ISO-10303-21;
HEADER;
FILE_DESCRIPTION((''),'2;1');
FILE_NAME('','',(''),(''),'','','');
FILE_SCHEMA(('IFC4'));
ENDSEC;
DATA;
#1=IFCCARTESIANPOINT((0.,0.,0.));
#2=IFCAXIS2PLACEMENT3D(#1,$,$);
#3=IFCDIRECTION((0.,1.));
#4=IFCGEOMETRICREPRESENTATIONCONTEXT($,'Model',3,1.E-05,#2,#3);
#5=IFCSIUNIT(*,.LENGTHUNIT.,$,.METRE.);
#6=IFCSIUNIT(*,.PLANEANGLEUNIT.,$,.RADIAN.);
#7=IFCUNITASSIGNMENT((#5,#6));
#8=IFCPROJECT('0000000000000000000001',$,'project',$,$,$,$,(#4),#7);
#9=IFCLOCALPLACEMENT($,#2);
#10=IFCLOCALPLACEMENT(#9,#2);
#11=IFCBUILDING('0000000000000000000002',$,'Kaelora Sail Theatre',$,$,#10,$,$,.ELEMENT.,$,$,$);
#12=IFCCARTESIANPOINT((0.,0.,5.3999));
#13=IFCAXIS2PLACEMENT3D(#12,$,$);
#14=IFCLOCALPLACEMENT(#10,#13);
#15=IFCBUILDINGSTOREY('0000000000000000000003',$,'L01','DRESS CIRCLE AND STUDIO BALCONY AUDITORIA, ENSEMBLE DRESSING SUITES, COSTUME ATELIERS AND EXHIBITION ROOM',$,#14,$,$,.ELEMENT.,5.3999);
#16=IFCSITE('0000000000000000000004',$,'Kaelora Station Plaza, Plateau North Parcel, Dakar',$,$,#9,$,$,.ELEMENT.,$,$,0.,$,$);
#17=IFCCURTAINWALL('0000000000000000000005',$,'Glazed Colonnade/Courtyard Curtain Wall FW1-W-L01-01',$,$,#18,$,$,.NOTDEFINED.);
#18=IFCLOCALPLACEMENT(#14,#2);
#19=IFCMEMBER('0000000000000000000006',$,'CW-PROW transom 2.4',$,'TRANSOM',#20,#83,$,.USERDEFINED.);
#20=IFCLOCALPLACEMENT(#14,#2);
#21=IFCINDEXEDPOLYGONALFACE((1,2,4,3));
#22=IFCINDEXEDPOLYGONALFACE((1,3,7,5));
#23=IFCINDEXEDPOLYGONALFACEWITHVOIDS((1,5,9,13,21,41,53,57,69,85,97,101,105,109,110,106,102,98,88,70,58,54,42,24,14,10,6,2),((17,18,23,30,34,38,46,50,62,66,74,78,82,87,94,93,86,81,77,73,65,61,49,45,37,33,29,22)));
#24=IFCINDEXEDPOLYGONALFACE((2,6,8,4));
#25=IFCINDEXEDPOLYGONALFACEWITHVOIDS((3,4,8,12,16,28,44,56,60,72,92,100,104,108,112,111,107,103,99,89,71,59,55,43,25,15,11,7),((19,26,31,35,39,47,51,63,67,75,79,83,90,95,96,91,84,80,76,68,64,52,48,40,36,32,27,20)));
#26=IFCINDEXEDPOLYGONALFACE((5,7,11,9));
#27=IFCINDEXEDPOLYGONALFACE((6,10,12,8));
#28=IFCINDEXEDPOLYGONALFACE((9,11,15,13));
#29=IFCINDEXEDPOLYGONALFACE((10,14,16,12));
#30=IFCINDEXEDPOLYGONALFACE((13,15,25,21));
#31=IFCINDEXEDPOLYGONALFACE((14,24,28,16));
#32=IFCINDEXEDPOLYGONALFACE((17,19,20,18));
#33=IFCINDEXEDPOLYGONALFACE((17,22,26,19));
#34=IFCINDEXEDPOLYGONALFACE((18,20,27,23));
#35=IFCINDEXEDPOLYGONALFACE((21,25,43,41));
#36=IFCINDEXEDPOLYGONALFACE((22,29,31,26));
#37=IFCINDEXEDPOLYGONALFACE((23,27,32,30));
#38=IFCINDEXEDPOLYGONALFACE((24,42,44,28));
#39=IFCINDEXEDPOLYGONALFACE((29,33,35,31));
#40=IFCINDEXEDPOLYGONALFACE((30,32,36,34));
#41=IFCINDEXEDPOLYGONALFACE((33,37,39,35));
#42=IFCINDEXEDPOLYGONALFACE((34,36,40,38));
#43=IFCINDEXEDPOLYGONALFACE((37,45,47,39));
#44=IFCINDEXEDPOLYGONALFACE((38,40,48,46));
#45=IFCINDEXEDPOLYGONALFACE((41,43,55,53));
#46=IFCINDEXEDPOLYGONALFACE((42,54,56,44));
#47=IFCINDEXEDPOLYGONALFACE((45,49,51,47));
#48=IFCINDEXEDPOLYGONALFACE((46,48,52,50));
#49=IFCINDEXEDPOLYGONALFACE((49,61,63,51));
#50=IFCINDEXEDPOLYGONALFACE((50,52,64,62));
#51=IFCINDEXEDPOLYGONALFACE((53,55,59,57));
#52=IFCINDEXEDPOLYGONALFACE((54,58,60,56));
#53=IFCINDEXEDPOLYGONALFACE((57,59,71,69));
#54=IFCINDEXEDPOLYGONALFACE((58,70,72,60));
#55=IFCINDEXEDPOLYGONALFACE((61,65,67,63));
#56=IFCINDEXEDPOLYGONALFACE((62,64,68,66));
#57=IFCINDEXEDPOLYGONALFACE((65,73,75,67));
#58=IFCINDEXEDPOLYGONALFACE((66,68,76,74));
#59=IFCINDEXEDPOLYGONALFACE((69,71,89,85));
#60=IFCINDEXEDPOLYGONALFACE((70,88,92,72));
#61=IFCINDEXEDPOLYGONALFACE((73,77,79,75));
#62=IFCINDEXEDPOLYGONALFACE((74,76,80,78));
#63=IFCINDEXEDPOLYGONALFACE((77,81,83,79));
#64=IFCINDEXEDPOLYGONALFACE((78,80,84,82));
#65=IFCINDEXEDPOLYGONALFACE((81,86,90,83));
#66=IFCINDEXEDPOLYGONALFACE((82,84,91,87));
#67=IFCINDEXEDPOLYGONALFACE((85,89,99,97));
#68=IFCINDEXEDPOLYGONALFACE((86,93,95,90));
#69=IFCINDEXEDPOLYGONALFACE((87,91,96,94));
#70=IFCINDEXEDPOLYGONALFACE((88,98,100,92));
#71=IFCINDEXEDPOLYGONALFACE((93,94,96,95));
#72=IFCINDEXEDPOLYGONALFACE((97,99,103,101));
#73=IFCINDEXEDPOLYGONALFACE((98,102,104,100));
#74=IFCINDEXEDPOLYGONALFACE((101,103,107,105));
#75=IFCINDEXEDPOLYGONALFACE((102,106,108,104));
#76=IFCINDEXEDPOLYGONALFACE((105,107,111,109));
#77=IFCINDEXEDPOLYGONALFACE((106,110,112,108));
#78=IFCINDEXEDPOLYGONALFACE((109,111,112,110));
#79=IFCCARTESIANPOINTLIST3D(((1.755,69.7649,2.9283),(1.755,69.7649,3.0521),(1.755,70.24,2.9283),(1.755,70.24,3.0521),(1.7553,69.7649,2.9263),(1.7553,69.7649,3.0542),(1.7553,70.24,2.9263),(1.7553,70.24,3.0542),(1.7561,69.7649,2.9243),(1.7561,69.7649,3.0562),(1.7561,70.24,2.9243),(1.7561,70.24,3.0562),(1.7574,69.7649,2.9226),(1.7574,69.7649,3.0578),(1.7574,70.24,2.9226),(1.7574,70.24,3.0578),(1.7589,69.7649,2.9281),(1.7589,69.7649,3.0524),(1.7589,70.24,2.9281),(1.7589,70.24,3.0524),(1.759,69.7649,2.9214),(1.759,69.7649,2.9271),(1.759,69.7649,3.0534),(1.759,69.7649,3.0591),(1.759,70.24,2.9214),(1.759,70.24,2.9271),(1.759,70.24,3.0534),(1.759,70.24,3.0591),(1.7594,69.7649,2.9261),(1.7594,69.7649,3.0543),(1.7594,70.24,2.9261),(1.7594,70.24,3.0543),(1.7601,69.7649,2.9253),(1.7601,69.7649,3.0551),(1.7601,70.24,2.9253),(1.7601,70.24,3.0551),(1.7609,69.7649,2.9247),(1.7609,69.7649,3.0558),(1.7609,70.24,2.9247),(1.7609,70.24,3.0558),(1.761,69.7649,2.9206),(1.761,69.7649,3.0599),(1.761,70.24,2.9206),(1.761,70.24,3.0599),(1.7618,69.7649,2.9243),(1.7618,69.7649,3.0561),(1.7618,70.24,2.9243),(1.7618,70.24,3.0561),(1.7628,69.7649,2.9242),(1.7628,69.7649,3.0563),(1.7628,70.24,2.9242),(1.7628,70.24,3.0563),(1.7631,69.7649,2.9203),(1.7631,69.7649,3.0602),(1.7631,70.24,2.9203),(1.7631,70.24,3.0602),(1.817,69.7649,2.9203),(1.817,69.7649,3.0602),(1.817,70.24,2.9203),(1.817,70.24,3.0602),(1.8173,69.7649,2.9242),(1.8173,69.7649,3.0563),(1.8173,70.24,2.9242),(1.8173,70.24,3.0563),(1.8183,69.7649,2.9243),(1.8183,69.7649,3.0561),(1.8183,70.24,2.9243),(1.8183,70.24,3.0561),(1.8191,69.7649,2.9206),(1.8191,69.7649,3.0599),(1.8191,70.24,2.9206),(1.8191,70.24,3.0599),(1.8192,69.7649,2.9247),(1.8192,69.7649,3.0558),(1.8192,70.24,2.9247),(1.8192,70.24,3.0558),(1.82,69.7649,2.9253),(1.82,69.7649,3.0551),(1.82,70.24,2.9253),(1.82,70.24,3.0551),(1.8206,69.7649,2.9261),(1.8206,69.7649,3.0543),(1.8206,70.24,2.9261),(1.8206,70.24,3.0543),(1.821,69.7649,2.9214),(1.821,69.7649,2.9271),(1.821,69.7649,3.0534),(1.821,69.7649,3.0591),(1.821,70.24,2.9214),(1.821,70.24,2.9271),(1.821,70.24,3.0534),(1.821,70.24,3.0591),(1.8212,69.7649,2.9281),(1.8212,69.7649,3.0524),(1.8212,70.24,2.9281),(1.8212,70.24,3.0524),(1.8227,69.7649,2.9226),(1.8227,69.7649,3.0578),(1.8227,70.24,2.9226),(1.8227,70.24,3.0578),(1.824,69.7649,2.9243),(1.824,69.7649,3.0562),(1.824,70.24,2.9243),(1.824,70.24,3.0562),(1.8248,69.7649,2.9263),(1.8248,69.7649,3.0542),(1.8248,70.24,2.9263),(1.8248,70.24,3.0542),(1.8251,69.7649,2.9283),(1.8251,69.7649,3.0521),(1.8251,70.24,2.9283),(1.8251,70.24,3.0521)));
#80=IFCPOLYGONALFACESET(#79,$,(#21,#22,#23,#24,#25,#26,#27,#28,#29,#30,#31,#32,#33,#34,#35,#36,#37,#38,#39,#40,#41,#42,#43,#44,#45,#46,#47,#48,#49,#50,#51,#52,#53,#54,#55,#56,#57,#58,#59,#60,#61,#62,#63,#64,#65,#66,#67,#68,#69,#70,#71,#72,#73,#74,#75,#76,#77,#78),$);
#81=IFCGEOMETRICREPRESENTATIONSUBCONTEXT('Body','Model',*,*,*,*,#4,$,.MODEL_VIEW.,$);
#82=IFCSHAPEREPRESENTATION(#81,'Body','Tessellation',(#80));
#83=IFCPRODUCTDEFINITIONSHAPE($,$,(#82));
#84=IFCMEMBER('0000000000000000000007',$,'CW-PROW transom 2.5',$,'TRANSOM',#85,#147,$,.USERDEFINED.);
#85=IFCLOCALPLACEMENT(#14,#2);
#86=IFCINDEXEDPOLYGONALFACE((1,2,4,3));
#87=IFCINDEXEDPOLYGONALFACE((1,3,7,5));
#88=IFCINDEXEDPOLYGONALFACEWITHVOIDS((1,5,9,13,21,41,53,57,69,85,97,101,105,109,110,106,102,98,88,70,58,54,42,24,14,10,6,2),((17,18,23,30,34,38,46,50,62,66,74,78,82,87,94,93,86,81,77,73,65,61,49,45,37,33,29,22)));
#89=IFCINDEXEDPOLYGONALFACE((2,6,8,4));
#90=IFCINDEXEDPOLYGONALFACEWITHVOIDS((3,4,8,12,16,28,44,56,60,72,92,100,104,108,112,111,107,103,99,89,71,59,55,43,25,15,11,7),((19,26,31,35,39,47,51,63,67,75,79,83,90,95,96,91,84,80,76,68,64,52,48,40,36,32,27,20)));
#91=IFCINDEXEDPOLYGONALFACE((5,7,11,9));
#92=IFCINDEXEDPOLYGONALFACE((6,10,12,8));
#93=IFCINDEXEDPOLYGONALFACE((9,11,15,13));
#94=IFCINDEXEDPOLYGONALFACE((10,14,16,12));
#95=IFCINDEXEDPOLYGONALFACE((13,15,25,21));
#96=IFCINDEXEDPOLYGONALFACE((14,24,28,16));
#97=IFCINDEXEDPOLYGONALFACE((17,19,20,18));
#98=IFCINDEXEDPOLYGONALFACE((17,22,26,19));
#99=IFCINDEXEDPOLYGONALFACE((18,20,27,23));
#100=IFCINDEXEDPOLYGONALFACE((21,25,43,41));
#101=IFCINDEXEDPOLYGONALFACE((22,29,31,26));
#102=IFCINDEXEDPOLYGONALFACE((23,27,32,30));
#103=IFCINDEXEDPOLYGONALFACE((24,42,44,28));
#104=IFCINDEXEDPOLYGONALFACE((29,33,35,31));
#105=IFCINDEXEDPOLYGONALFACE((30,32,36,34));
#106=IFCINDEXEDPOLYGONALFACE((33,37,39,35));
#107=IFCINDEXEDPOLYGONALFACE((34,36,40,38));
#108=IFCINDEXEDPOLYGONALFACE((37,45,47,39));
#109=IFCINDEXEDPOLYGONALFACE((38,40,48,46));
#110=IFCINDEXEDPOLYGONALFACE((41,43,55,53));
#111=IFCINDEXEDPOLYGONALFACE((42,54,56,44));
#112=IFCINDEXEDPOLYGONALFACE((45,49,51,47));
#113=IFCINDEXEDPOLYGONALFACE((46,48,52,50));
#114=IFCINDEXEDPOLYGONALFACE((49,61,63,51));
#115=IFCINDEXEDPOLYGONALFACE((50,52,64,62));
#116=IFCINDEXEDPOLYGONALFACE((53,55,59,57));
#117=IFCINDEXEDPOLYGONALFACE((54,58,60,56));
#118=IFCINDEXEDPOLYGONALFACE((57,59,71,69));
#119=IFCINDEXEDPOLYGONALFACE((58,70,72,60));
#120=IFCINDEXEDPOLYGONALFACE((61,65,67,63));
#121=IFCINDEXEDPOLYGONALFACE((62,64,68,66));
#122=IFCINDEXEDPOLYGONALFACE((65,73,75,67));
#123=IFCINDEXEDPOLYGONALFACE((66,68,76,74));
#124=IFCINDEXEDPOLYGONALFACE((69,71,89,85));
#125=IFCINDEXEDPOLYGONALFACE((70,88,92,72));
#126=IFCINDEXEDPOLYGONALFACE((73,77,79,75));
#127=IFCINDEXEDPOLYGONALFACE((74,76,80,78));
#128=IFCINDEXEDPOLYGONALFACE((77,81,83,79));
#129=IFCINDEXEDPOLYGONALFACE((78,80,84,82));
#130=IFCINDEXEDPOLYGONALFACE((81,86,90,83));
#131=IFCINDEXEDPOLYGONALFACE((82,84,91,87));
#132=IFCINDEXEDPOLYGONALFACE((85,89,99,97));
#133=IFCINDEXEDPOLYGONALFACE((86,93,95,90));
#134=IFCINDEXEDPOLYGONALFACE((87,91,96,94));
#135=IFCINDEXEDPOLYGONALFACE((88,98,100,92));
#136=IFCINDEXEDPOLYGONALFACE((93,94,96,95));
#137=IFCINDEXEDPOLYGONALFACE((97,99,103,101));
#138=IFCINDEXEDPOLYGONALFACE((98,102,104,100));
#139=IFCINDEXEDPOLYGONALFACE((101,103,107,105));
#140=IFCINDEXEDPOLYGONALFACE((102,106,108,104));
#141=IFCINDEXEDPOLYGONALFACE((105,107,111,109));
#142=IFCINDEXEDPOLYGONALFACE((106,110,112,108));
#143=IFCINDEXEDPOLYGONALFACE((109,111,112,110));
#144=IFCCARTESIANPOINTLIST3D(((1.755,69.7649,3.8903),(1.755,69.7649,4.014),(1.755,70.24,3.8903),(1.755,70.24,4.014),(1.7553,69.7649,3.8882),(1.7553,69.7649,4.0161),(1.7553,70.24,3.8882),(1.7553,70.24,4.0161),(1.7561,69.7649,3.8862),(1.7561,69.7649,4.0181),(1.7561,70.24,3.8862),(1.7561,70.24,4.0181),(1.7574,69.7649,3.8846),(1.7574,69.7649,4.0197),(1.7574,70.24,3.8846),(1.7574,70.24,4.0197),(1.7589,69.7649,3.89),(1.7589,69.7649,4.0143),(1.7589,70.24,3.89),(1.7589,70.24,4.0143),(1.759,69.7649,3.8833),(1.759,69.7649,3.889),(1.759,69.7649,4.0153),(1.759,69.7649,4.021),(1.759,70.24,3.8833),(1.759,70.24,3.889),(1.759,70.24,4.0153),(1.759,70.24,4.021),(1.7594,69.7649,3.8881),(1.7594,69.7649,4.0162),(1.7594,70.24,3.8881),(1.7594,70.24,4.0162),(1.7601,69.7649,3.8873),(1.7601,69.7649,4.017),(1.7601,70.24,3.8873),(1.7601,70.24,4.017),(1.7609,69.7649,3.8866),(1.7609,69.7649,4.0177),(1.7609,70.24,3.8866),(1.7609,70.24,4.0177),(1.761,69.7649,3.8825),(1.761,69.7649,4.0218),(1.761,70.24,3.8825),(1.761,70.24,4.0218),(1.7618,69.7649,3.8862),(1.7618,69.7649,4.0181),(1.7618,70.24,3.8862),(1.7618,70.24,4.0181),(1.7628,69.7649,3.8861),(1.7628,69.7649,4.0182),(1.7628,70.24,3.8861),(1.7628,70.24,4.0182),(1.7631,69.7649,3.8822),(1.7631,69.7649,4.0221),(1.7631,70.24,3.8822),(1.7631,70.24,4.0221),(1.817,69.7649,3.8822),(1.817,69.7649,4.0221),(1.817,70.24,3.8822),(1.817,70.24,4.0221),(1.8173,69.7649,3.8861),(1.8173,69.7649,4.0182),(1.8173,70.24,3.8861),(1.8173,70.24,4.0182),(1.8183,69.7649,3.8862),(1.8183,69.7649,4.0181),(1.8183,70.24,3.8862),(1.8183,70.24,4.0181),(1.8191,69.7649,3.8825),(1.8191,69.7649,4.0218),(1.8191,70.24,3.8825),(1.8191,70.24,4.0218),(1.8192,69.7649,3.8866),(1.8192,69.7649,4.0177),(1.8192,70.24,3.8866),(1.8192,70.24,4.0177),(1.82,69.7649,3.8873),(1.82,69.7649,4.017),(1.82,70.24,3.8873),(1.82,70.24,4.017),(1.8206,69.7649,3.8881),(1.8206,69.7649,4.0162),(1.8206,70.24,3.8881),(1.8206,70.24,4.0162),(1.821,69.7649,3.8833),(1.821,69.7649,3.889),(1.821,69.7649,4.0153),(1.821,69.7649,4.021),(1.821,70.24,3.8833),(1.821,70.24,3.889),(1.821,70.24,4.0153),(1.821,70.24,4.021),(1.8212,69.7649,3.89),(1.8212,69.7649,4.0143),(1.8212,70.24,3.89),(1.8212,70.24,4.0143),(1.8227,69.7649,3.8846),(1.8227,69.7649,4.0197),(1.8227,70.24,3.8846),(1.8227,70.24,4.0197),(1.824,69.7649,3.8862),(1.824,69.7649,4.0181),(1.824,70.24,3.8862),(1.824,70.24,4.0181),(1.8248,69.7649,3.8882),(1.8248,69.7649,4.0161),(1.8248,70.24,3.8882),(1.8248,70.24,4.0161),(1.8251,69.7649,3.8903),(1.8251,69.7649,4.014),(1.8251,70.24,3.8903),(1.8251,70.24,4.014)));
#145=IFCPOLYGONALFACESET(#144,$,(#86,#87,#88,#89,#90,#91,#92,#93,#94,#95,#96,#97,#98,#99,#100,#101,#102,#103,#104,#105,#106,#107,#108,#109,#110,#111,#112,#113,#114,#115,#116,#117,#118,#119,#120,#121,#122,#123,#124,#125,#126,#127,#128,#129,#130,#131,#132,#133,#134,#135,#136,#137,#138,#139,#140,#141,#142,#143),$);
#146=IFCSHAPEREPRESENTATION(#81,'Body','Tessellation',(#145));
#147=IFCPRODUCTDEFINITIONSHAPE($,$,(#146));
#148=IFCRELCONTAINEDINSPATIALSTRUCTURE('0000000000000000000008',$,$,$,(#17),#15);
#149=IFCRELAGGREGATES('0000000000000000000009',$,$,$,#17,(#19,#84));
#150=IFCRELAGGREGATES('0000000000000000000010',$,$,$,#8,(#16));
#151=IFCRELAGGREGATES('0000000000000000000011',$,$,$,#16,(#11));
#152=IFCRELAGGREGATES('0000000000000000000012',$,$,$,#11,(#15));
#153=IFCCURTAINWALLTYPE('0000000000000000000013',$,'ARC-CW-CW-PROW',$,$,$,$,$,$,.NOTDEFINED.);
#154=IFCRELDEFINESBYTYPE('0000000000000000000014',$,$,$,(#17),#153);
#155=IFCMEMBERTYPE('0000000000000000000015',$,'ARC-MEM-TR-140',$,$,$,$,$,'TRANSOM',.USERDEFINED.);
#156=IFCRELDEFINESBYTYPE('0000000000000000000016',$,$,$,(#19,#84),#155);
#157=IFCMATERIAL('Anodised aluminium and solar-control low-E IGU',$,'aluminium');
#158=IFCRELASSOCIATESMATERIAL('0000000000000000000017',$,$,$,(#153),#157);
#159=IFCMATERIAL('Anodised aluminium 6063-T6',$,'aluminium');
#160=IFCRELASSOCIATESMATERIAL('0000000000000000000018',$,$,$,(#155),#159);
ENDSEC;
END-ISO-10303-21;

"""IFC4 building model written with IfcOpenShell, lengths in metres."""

from ifc_helpers import new_model, si_unit, direction, frame, origin, origin_2d, place, context, subcontext, project, spatial, hollow_rectangle, extrude, material, material_profile, profile_set, type_object, element, aggregate, save


model = new_model("IFC4")

# Units and contexts
model_context = context("Model", 3, precision=1e-05, world=origin(), true_north=direction((0.0, 1.0)))
body_context = subcontext(model_context, "Body", "Model", "MODEL_VIEW")
ifc_project = project(units=[si_unit("LENGTHUNIT", "METRE"), si_unit("PLANEANGLEUNIT", "RADIAN")], contexts=[model_context])

# Site, building, storey
site_placement = place(None, origin())
site = spatial("IfcSite", under=ifc_project, at=site_placement, Name="Kaelora Station Plaza, Plateau North Parcel, Dakar", CompositionType="ELEMENT", RefElevation=0.0)
building_placement = place(site_placement, origin())
building = spatial("IfcBuilding", under=site, at=building_placement, Name="Kaelora Sail Theatre", CompositionType="ELEMENT")
storey_placement = place(building_placement, frame((0.0, 0.0, 5.3999)))
storey = spatial("IfcBuildingStorey", under=building, at=storey_placement, Name="L01", Description="DRESS CIRCLE AND STUDIO BALCONY AUDITORIA, ENSEMBLE DRESSING SUITES, COSTUME ATELIERS AND EXHIBITION ROOM", CompositionType="ELEMENT", Elevation=5.3999)

# Curtain wall, members
ifc_material_1 = material(Name="Anodised aluminium and solar-control low-E IGU", Category="aluminium")
curtain_wall_type = type_object("IfcCurtainWallType", Name="ARC-CW-CW-PROW", PredefinedType="NOTDEFINED", material=ifc_material_1)
curtain_wall_1_placement = place(storey_placement, origin())
curtain_wall_1 = element("IfcCurtainWall", 1, at=curtain_wall_1_placement, inside=storey, type_object=curtain_wall_type, Name="Glazed Colonnade/Courtyard Curtain Wall FW1-W-L01-01", PredefinedType="NOTDEFINED")
ifc_material_2 = material(Name="Anodised aluminium 6063-T6", Category="aluminium")
ifc_material_profile = material_profile(ifc_material_2, hollow_rectangle(XDim=0.0701, YDim=0.1399, WallThickness=0.0039, InnerFilletRadius=0.0039, OuterFilletRadius=0.0081, at=origin_2d()), Name="ALU-TRAN 70x140x4")
ifc_profile_set = profile_set([ifc_material_profile], Name="Anodised aluminium 6063-T6")
member_type = type_object("IfcMemberType", Name="ARC-MEM-TR-140", ElementType="TRANSOM", PredefinedType="USERDEFINED", material=ifc_profile_set)
member_1_placement = place(storey_placement, frame((1.79, 69.7649, 2.9902), z_axis=(0.0, 1.0, 0.0), x_axis=(-1.0, 0.0, 0.0)))
member_1 = element("IfcMember", 2, at=member_1_placement, type_object=member_type, Name="CW-PROW transom 2.4", ObjectType="TRANSOM", PredefinedType="USERDEFINED", context=body_context, shape_type="SweptSolid", body=[
    extrude(hollow_rectangle(XDim=0.0701, YDim=0.1399, WallThickness=0.0039, InnerFilletRadius=0.0039, OuterFilletRadius=0.0081, at=origin_2d()), origin(), (0.0, 0.0, 1.0), 0.4751),
])
member_2_placement = place(storey_placement, frame((1.79, 69.7649, 3.9521), z_axis=(0.0, 1.0, 0.0), x_axis=(-1.0, 0.0, 0.0)))
member_2 = element("IfcMember", 3, at=member_2_placement, type_object=member_type, Name="CW-PROW transom 2.5", ObjectType="TRANSOM", PredefinedType="USERDEFINED", context=body_context, shape_type="SweptSolid", body=[
    extrude(hollow_rectangle(XDim=0.0701, YDim=0.1399, WallThickness=0.0039, InnerFilletRadius=0.0039, OuterFilletRadius=0.0081, at=origin_2d()), origin(), (0.0, 0.0, 1.0), 0.4751),
])

aggregate(curtain_wall_1, [member_1, member_2])

save(model, "model.ifc")
